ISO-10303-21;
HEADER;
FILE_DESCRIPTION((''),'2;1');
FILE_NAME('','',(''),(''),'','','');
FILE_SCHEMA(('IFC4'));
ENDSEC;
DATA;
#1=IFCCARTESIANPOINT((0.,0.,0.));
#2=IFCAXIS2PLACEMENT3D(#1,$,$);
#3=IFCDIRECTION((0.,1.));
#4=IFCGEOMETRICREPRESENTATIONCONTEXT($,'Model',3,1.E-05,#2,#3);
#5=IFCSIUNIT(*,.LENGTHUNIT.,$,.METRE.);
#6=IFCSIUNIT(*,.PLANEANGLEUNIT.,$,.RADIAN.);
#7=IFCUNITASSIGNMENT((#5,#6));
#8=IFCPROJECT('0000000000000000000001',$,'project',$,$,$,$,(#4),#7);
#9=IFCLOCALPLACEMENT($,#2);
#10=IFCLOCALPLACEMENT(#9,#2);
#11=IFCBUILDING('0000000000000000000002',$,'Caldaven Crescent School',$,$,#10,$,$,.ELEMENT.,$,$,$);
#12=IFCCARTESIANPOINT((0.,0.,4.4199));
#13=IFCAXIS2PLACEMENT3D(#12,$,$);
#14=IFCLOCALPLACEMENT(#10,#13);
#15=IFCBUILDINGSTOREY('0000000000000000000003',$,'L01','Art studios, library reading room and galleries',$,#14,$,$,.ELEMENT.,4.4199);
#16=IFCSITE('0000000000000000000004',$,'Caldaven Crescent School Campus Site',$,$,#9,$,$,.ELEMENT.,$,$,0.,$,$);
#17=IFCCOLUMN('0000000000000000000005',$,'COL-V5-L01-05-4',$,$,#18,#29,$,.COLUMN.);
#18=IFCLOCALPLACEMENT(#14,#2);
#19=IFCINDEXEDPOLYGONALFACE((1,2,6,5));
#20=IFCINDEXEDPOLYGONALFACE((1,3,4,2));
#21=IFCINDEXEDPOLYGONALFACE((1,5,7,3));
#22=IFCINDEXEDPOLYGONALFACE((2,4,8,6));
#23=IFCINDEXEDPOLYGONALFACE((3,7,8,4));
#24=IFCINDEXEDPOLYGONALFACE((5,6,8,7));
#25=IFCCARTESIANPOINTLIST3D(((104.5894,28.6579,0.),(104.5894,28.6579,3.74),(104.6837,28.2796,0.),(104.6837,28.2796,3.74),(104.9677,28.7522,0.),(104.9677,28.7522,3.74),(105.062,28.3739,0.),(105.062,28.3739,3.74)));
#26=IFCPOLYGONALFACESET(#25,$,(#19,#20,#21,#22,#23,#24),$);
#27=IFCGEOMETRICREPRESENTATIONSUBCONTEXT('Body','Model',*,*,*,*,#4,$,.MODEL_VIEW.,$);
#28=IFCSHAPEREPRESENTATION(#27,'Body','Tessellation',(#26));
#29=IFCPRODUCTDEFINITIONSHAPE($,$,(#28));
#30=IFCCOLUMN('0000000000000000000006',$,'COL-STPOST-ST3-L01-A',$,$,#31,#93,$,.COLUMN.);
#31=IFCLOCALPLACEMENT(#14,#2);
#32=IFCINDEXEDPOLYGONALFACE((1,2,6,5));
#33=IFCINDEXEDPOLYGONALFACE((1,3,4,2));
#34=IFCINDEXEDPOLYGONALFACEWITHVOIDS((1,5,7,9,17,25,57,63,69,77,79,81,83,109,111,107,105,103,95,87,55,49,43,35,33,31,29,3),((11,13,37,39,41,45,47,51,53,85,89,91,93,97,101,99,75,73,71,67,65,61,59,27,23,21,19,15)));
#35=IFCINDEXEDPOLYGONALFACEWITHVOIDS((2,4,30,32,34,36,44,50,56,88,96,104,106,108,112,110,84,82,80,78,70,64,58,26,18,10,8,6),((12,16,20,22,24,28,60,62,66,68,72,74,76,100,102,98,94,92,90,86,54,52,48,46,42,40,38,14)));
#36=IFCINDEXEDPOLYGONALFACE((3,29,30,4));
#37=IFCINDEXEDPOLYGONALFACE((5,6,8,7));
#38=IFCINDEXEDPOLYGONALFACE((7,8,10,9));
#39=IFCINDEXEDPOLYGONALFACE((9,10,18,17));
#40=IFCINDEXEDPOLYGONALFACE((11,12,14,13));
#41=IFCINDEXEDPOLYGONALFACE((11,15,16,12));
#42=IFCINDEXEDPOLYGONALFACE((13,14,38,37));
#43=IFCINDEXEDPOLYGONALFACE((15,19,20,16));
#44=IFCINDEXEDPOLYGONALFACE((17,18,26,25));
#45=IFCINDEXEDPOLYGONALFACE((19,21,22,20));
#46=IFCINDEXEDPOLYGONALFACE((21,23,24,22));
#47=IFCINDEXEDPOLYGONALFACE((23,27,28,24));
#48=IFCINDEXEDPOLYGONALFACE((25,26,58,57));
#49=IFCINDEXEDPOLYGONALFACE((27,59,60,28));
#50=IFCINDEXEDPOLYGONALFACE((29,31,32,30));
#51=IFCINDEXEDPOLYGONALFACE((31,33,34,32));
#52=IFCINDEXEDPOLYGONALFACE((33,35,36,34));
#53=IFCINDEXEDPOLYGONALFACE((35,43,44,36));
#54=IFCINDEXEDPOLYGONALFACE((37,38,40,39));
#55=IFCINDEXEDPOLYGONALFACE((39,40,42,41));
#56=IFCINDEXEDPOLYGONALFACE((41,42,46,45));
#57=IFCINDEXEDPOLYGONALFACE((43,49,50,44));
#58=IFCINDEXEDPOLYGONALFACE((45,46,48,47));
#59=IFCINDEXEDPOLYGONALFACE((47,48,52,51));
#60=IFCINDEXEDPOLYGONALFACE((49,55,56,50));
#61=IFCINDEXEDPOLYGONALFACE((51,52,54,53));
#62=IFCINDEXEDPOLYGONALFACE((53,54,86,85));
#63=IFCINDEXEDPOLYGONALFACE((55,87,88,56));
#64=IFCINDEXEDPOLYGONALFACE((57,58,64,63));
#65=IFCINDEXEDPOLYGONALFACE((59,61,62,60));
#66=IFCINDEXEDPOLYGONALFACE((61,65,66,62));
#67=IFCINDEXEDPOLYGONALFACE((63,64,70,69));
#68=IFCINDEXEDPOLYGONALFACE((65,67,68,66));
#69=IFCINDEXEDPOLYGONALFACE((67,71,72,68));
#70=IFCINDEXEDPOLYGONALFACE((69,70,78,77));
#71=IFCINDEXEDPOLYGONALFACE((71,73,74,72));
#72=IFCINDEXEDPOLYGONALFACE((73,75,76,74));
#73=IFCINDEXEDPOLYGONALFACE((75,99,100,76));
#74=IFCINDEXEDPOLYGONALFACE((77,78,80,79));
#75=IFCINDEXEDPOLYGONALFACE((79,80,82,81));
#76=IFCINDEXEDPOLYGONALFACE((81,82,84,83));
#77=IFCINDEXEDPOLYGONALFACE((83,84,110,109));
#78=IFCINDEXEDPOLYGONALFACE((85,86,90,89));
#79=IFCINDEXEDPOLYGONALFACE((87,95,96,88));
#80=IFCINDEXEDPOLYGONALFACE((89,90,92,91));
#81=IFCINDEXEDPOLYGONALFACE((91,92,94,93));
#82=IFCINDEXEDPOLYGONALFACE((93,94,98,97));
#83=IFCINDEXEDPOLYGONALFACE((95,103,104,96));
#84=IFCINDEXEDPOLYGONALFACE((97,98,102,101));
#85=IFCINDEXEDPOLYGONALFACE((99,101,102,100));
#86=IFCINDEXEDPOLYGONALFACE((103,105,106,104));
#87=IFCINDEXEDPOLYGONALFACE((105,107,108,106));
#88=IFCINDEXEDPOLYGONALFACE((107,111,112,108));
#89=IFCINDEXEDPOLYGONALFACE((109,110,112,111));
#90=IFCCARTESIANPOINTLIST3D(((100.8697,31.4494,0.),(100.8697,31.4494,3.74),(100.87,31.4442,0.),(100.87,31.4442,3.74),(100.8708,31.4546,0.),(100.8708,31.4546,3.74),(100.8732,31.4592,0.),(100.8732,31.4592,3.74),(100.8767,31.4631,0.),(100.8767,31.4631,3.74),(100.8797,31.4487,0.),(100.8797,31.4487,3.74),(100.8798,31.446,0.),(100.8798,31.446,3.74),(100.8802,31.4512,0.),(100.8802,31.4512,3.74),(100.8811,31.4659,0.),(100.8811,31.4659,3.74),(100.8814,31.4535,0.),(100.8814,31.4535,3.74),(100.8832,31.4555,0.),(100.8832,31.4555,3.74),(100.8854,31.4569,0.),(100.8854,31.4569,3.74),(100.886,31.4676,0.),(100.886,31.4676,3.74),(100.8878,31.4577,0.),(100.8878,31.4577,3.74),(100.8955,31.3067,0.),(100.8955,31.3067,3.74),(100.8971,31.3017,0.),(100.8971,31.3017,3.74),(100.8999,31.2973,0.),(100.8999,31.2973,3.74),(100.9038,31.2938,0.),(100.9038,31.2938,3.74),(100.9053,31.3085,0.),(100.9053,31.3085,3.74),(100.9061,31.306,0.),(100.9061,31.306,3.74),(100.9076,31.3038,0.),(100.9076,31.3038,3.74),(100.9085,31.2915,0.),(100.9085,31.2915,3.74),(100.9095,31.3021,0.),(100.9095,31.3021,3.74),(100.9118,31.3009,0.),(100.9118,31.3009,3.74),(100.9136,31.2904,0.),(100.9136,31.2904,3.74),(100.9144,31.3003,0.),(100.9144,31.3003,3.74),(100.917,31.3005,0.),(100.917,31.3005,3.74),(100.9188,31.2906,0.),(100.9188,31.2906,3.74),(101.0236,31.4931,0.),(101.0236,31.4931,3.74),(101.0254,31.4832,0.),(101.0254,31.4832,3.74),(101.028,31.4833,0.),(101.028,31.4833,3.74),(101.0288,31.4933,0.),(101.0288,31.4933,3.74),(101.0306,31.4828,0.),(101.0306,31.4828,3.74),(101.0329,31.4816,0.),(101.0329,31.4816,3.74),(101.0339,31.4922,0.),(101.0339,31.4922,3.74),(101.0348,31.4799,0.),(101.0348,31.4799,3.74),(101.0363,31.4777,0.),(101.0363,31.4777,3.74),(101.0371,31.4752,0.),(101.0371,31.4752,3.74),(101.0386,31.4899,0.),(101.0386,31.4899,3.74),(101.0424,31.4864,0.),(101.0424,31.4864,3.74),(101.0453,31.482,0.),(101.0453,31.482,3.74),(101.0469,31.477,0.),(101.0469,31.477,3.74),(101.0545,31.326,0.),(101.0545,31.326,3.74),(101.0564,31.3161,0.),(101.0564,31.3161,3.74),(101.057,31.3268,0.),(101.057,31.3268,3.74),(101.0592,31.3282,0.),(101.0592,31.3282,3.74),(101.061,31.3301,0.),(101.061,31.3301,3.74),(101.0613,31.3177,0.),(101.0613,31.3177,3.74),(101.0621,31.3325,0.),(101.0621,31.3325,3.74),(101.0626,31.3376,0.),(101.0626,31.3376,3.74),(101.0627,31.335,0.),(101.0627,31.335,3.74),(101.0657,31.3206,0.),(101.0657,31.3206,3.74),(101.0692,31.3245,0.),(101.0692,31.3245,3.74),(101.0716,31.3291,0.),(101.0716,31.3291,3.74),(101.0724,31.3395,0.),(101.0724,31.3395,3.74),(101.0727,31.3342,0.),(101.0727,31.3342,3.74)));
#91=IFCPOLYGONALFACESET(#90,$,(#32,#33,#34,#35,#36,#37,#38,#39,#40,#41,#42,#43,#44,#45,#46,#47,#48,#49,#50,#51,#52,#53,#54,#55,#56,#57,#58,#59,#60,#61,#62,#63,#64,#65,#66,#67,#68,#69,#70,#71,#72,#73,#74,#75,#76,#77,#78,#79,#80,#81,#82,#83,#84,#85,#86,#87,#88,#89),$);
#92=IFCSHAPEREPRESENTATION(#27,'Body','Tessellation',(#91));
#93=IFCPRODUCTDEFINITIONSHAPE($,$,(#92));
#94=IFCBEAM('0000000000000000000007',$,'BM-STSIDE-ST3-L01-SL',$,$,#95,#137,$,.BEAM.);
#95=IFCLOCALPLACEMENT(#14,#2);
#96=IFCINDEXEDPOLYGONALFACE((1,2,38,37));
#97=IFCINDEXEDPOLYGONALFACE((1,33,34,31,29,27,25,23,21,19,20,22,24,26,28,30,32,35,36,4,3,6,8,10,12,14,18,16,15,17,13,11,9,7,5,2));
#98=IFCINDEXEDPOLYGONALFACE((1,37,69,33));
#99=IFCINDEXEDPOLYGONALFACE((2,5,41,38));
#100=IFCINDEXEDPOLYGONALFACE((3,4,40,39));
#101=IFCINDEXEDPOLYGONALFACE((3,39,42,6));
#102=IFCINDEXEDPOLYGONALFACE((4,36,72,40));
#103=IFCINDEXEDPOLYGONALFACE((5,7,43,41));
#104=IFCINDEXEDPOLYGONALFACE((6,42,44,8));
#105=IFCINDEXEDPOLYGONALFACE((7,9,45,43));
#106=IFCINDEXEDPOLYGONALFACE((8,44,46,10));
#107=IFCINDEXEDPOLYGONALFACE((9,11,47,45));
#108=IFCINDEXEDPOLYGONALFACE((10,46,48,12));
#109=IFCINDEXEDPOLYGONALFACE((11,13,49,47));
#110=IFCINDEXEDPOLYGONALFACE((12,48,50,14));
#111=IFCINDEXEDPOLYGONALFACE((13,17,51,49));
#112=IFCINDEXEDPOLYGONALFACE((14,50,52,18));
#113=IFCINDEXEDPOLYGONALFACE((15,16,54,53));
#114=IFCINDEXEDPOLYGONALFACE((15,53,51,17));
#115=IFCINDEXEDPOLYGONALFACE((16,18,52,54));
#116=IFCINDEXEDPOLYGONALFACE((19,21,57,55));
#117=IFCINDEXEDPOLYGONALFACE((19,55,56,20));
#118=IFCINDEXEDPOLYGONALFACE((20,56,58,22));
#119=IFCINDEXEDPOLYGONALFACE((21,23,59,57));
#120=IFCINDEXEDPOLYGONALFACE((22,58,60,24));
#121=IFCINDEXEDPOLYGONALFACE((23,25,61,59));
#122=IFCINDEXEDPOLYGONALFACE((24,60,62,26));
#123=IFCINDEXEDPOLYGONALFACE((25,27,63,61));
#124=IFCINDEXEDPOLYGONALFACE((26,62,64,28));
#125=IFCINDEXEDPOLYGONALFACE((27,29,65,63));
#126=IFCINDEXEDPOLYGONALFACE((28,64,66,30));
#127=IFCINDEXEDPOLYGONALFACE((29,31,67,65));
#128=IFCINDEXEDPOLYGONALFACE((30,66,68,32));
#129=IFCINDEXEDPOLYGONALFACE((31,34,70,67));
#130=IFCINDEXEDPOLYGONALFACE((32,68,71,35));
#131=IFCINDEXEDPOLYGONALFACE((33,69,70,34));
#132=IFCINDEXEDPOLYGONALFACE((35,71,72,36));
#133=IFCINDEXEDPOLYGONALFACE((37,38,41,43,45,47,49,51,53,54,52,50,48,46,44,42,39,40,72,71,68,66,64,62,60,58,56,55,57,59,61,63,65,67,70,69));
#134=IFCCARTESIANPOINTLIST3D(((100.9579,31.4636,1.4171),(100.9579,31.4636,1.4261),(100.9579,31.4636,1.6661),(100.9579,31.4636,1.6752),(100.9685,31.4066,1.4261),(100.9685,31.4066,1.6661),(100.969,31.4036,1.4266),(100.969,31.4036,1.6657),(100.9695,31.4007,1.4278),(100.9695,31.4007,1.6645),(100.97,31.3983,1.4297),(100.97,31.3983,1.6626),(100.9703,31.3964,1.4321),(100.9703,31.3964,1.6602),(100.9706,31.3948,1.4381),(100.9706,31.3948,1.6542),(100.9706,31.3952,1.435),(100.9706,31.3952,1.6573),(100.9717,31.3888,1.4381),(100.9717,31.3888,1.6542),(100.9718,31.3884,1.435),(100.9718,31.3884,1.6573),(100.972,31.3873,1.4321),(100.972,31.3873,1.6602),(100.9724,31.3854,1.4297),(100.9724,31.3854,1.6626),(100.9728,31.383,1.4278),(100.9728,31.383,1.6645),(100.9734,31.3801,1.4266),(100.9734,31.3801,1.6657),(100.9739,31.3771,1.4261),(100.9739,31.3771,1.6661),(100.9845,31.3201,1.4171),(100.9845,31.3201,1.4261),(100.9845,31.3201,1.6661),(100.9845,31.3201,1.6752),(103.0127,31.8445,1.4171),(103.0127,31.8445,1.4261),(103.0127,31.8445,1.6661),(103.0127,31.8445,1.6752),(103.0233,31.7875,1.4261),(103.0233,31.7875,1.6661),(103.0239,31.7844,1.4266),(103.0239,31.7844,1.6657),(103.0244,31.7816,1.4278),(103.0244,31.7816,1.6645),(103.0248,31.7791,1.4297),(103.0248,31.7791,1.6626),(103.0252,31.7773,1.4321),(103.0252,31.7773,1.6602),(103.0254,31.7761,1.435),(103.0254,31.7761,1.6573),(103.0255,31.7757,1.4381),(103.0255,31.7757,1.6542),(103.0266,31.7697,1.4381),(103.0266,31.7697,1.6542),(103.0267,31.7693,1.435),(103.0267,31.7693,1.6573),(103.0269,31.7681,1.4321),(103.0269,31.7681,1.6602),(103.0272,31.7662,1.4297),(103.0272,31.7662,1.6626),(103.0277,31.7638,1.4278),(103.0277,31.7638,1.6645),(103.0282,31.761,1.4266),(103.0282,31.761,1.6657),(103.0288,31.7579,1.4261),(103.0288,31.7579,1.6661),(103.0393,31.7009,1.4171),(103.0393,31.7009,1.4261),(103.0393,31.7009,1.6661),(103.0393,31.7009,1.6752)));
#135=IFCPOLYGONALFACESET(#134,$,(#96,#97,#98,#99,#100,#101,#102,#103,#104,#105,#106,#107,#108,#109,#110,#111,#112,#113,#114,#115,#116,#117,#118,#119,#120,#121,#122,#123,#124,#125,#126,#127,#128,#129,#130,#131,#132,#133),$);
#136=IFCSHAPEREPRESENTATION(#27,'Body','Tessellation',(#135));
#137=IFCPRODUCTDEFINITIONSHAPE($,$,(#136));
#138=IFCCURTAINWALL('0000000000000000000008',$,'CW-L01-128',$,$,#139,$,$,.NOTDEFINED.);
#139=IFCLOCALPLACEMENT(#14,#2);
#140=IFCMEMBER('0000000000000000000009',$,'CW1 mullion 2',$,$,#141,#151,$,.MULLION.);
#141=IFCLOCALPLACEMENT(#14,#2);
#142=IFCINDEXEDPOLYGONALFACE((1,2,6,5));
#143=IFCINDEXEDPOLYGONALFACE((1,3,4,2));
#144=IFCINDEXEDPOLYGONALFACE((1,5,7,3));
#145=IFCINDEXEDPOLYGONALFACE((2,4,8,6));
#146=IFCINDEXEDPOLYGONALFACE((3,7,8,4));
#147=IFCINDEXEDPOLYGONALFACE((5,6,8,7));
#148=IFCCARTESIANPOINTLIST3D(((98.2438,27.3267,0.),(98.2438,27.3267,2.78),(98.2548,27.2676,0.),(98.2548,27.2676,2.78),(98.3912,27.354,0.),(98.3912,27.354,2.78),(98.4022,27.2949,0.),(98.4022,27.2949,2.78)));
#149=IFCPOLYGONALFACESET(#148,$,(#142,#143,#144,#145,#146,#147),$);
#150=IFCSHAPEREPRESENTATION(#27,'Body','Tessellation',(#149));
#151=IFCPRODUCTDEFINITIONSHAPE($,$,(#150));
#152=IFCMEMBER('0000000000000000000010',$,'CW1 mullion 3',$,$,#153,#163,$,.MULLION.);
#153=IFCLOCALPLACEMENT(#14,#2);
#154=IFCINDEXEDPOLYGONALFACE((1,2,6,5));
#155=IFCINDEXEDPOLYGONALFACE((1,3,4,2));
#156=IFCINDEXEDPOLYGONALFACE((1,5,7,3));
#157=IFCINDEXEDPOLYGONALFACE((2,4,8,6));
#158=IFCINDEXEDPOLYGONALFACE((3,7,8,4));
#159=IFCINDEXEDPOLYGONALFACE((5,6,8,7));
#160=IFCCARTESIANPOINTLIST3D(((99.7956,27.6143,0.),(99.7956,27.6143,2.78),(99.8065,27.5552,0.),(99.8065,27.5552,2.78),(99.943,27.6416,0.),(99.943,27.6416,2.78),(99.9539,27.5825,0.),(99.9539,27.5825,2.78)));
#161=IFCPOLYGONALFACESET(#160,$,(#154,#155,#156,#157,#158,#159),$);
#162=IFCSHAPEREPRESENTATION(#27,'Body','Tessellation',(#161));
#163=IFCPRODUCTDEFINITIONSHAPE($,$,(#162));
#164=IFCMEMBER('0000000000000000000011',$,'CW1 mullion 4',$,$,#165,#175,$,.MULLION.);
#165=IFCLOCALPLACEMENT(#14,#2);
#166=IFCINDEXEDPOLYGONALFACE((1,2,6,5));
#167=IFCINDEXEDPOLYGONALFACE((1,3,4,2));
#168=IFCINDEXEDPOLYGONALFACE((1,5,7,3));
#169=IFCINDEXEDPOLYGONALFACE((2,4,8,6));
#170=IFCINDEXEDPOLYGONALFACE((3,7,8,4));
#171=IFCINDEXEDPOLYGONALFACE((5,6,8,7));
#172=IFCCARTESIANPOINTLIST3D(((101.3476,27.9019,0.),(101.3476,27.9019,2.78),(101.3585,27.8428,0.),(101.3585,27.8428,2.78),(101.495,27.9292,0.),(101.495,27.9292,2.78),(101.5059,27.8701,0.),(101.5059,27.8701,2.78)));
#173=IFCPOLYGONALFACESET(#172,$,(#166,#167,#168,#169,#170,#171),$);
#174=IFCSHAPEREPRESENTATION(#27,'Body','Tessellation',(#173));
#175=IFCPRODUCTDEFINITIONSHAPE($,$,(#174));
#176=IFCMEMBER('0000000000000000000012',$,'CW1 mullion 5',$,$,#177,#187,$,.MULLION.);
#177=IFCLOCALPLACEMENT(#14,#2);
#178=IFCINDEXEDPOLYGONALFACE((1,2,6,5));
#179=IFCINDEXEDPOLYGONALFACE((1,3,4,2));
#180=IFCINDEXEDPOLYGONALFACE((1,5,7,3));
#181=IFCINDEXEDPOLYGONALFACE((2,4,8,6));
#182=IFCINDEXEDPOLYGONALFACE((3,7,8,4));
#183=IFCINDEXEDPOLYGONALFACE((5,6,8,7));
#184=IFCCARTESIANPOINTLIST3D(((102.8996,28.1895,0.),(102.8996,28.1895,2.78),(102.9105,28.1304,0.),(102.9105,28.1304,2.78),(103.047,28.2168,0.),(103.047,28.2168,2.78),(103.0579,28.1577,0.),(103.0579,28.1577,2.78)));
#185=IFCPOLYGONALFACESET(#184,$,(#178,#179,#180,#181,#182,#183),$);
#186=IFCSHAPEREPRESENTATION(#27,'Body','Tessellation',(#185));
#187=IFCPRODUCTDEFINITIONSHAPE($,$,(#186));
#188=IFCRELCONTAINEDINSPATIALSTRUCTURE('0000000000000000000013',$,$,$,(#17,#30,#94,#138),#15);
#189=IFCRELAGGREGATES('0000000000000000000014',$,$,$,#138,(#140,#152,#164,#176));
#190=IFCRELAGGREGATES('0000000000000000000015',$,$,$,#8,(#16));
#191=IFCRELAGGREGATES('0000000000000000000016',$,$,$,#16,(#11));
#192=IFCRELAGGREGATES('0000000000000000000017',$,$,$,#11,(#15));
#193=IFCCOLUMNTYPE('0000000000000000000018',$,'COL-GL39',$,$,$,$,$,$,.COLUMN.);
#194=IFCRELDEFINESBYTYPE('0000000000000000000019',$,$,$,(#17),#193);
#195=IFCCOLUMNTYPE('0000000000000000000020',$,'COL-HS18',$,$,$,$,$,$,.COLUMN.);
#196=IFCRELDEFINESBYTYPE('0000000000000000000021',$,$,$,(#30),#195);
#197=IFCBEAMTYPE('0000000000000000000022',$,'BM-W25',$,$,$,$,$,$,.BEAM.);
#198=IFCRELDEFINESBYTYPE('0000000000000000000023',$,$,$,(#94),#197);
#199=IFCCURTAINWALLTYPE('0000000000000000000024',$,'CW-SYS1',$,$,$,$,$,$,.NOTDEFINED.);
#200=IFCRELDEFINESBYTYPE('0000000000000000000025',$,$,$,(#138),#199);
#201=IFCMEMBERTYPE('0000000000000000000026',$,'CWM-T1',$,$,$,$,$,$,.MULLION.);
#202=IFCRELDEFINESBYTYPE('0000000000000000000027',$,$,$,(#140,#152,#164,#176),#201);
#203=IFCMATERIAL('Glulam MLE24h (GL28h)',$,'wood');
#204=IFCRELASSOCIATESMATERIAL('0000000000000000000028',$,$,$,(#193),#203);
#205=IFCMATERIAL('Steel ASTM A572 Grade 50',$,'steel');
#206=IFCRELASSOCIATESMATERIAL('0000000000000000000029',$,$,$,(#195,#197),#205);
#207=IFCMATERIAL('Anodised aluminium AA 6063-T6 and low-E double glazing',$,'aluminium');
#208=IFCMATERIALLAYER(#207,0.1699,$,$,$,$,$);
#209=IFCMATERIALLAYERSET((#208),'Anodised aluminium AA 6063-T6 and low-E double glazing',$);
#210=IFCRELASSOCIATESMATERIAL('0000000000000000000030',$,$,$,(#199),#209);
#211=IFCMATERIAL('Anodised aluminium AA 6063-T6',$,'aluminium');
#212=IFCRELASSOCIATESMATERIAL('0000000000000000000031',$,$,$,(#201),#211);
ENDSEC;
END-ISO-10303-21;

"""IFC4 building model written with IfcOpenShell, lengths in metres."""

from ifc_helpers import new_model, si_unit, direction, frame, origin, origin_2d, place, context, subcontext, project, spatial, rectangle, hollow_rectangle, i_section, extrude, material, layer, layer_set, material_profile, profile_set, type_object, element, aggregate, save


model = new_model("IFC4")

# Units and contexts
model_context = context("Model", 3, precision=1e-05, world=origin(), true_north=direction((0.0, 1.0)))
body_context = subcontext(model_context, "Body", "Model", "MODEL_VIEW")
ifc_project = project(units=[si_unit("LENGTHUNIT", "METRE"), si_unit("PLANEANGLEUNIT", "RADIAN")], contexts=[model_context])

# Site, building, storey
site_placement = place(None, origin())
site = spatial("IfcSite", under=ifc_project, at=site_placement, Name="Caldaven Crescent School Campus Site", CompositionType="ELEMENT", RefElevation=0.0)
building_placement = place(site_placement, origin())
building = spatial("IfcBuilding", under=site, at=building_placement, Name="Caldaven Crescent School", CompositionType="ELEMENT")
storey_placement = place(building_placement, frame((0.0, 0.0, 4.4199)))
storey = spatial("IfcBuildingStorey", under=building, at=storey_placement, Name="L01", Description="Art studios, library reading room and galleries", CompositionType="ELEMENT", Elevation=4.4199)

# Columns
ifc_material_1 = material(Name="Glulam MLE24h (GL28h)", Category="wood")
ifc_material_profile_1 = material_profile(ifc_material_1, rectangle(XDim=0.3899, YDim=0.3899, at=origin_2d()), Name="MLE 390x390")
ifc_profile_set_1 = profile_set([ifc_material_profile_1], Name="Glulam MLE24h (GL28h)")
column_type_1 = type_object("IfcColumnType", Name="COL-GL39", PredefinedType="COLUMN", material=ifc_profile_set_1)
column_1_placement = place(storey_placement, frame((104.8257, 28.5159, 0.0), z_axis=(0.0, 0.0, 1.0), x_axis=(0.241922, -0.970296, 0.0)))
element("IfcColumn", 1, at=column_1_placement, inside=storey, type_object=column_type_1, Name="COL-V5-L01-05-4", PredefinedType="COLUMN", context=body_context, shape_type="SweptSolid", body=[
    extrude(rectangle(XDim=0.3899, YDim=0.3899, at=origin_2d()), origin(), (0.0, 0.0, 1.0), 3.74),
])
ifc_material_2 = material(Name="Steel ASTM A572 Grade 50", Category="steel")
ifc_material_profile_2 = material_profile(ifc_material_2, hollow_rectangle(XDim=0.1799, YDim=0.1799, WallThickness=0.01, InnerFilletRadius=0.01, OuterFilletRadius=0.02, at=origin_2d()), Name="HSS 180x180x10")
ifc_profile_set_2 = profile_set([ifc_material_profile_2], Name="Steel ASTM A572 Grade 50")
column_type_2 = type_object("IfcColumnType", Name="COL-HS18", PredefinedType="COLUMN", material=ifc_profile_set_2)
column_2_placement = place(storey_placement, frame((100.9712, 31.3918, 0.0), z_axis=(0.0, 0.0, 1.0), x_axis=(0.983255, 0.182236, 0.0)))
element("IfcColumn", 2, at=column_2_placement, inside=storey, type_object=column_type_2, Name="COL-STPOST-ST3-L01-A", PredefinedType="COLUMN", context=body_context, shape_type="SweptSolid", body=[
    extrude(hollow_rectangle(XDim=0.1799, YDim=0.1799, WallThickness=0.01, InnerFilletRadius=0.01, OuterFilletRadius=0.02, at=origin_2d()), origin(), (0.0, 0.0, 1.0), 3.74),
])

# Beam
ifc_material_profile_3 = material_profile(ifc_material_2, i_section(OverallWidth=0.146, OverallDepth=0.2581, WebThickness=0.0061, FlangeThickness=0.009, FilletRadius=0.012, at=origin_2d()), Name="W250x33")
ifc_profile_set_3 = profile_set([ifc_material_profile_3], Name="Steel ASTM A572 Grade 50")
beam_type_1 = type_object("IfcBeamType", Name="BM-W25", PredefinedType="BEAM", material=ifc_profile_set_3)
beam_1_placement = place(storey_placement, frame((100.9712, 31.3918, 1.5461), z_axis=(0.983255, 0.182236, 0.0), x_axis=(-0.182236, 0.983255, 0.0)))
element("IfcBeam", 3, at=beam_1_placement, inside=storey, type_object=beam_type_1, Name="BM-STSIDE-ST3-L01-SL", PredefinedType="BEAM", context=body_context, shape_type="SweptSolid", body=[
    extrude(i_section(OverallWidth=0.146, OverallDepth=0.2581, WebThickness=0.0061, FlangeThickness=0.009, FilletRadius=0.012, at=origin_2d()), origin(), (0.0, 0.0, 1.0), 2.0898),
])

# Curtain wall, members
ifc_material_3 = material(Name="Anodised aluminium AA 6063-T6 and low-E double glazing", Category="aluminium")
ifc_layer_1 = layer(ifc_material_3, 0.1699)
ifc_layer_set_1 = layer_set([ifc_layer_1], Name="Anodised aluminium AA 6063-T6 and low-E double glazing")
curtain_wall_type = type_object("IfcCurtainWallType", Name="CW-SYS1", PredefinedType="NOTDEFINED", material=ifc_layer_set_1)
curtain_wall_placement = place(storey_placement, origin())
curtain_wall = element("IfcCurtainWall", 4, at=curtain_wall_placement, inside=storey, type_object=curtain_wall_type, Name="CW-L01-128", PredefinedType="NOTDEFINED")
ifc_material_4 = material(Name="Anodised aluminium AA 6063-T6", Category="aluminium")
ifc_material_profile_4 = material_profile(ifc_material_4, rectangle(XDim=0.0601, YDim=0.1499, at=origin_2d()), Name="CWM 60x150")
ifc_profile_set_4 = profile_set([ifc_material_profile_4], Name="Anodised aluminium AA 6063-T6")
member_type_1 = type_object("IfcMemberType", Name="CWM-T1", PredefinedType="MULLION", material=ifc_profile_set_4)
member_1_placement = place(storey_placement, frame((98.323, 27.3108, 0.0), z_axis=(0.0, 0.0, 1.0), x_axis=(-0.182235, 0.983255, 0.0)))
member_1 = element("IfcMember", 5, at=member_1_placement, type_object=member_type_1, Name="CW1 mullion 2", PredefinedType="MULLION", context=body_context, shape_type="SweptSolid", body=[
    extrude(rectangle(XDim=0.0601, YDim=0.1499, at=origin_2d()), origin(), (0.0, 0.0, 1.0), 2.78),
])
member_2_placement = place(storey_placement, frame((99.8748, 27.5984, 0.0), z_axis=(0.0, 0.0, 1.0), x_axis=(-0.182235, 0.983255, 0.0)))
member_2 = element("IfcMember", 6, at=member_2_placement, type_object=member_type_1, Name="CW1 mullion 3", PredefinedType="MULLION", context=body_context, shape_type="SweptSolid", body=[
    extrude(rectangle(XDim=0.0601, YDim=0.1499, at=origin_2d()), origin(), (0.0, 0.0, 1.0), 2.78),
])
member_3_placement = place(storey_placement, frame((101.4268, 27.886, 0.0), z_axis=(0.0, 0.0, 1.0), x_axis=(-0.182235, 0.983255, 0.0)))
member_3 = element("IfcMember", 7, at=member_3_placement, type_object=member_type_1, Name="CW1 mullion 4", PredefinedType="MULLION", context=body_context, shape_type="SweptSolid", body=[
    extrude(rectangle(XDim=0.0601, YDim=0.1499, at=origin_2d()), origin(), (0.0, 0.0, 1.0), 2.78),
])
member_4_placement = place(storey_placement, frame((102.9788, 28.1736, 0.0), z_axis=(0.0, 0.0, 1.0), x_axis=(-0.182235, 0.983255, 0.0)))
member_4 = element("IfcMember", 8, at=member_4_placement, type_object=member_type_1, Name="CW1 mullion 5", PredefinedType="MULLION", context=body_context, shape_type="SweptSolid", body=[
    extrude(rectangle(XDim=0.0601, YDim=0.1499, at=origin_2d()), origin(), (0.0, 0.0, 1.0), 2.78),
])

aggregate(curtain_wall, [member_1, member_2, member_3, member_4])

save(model, "model.ifc")
